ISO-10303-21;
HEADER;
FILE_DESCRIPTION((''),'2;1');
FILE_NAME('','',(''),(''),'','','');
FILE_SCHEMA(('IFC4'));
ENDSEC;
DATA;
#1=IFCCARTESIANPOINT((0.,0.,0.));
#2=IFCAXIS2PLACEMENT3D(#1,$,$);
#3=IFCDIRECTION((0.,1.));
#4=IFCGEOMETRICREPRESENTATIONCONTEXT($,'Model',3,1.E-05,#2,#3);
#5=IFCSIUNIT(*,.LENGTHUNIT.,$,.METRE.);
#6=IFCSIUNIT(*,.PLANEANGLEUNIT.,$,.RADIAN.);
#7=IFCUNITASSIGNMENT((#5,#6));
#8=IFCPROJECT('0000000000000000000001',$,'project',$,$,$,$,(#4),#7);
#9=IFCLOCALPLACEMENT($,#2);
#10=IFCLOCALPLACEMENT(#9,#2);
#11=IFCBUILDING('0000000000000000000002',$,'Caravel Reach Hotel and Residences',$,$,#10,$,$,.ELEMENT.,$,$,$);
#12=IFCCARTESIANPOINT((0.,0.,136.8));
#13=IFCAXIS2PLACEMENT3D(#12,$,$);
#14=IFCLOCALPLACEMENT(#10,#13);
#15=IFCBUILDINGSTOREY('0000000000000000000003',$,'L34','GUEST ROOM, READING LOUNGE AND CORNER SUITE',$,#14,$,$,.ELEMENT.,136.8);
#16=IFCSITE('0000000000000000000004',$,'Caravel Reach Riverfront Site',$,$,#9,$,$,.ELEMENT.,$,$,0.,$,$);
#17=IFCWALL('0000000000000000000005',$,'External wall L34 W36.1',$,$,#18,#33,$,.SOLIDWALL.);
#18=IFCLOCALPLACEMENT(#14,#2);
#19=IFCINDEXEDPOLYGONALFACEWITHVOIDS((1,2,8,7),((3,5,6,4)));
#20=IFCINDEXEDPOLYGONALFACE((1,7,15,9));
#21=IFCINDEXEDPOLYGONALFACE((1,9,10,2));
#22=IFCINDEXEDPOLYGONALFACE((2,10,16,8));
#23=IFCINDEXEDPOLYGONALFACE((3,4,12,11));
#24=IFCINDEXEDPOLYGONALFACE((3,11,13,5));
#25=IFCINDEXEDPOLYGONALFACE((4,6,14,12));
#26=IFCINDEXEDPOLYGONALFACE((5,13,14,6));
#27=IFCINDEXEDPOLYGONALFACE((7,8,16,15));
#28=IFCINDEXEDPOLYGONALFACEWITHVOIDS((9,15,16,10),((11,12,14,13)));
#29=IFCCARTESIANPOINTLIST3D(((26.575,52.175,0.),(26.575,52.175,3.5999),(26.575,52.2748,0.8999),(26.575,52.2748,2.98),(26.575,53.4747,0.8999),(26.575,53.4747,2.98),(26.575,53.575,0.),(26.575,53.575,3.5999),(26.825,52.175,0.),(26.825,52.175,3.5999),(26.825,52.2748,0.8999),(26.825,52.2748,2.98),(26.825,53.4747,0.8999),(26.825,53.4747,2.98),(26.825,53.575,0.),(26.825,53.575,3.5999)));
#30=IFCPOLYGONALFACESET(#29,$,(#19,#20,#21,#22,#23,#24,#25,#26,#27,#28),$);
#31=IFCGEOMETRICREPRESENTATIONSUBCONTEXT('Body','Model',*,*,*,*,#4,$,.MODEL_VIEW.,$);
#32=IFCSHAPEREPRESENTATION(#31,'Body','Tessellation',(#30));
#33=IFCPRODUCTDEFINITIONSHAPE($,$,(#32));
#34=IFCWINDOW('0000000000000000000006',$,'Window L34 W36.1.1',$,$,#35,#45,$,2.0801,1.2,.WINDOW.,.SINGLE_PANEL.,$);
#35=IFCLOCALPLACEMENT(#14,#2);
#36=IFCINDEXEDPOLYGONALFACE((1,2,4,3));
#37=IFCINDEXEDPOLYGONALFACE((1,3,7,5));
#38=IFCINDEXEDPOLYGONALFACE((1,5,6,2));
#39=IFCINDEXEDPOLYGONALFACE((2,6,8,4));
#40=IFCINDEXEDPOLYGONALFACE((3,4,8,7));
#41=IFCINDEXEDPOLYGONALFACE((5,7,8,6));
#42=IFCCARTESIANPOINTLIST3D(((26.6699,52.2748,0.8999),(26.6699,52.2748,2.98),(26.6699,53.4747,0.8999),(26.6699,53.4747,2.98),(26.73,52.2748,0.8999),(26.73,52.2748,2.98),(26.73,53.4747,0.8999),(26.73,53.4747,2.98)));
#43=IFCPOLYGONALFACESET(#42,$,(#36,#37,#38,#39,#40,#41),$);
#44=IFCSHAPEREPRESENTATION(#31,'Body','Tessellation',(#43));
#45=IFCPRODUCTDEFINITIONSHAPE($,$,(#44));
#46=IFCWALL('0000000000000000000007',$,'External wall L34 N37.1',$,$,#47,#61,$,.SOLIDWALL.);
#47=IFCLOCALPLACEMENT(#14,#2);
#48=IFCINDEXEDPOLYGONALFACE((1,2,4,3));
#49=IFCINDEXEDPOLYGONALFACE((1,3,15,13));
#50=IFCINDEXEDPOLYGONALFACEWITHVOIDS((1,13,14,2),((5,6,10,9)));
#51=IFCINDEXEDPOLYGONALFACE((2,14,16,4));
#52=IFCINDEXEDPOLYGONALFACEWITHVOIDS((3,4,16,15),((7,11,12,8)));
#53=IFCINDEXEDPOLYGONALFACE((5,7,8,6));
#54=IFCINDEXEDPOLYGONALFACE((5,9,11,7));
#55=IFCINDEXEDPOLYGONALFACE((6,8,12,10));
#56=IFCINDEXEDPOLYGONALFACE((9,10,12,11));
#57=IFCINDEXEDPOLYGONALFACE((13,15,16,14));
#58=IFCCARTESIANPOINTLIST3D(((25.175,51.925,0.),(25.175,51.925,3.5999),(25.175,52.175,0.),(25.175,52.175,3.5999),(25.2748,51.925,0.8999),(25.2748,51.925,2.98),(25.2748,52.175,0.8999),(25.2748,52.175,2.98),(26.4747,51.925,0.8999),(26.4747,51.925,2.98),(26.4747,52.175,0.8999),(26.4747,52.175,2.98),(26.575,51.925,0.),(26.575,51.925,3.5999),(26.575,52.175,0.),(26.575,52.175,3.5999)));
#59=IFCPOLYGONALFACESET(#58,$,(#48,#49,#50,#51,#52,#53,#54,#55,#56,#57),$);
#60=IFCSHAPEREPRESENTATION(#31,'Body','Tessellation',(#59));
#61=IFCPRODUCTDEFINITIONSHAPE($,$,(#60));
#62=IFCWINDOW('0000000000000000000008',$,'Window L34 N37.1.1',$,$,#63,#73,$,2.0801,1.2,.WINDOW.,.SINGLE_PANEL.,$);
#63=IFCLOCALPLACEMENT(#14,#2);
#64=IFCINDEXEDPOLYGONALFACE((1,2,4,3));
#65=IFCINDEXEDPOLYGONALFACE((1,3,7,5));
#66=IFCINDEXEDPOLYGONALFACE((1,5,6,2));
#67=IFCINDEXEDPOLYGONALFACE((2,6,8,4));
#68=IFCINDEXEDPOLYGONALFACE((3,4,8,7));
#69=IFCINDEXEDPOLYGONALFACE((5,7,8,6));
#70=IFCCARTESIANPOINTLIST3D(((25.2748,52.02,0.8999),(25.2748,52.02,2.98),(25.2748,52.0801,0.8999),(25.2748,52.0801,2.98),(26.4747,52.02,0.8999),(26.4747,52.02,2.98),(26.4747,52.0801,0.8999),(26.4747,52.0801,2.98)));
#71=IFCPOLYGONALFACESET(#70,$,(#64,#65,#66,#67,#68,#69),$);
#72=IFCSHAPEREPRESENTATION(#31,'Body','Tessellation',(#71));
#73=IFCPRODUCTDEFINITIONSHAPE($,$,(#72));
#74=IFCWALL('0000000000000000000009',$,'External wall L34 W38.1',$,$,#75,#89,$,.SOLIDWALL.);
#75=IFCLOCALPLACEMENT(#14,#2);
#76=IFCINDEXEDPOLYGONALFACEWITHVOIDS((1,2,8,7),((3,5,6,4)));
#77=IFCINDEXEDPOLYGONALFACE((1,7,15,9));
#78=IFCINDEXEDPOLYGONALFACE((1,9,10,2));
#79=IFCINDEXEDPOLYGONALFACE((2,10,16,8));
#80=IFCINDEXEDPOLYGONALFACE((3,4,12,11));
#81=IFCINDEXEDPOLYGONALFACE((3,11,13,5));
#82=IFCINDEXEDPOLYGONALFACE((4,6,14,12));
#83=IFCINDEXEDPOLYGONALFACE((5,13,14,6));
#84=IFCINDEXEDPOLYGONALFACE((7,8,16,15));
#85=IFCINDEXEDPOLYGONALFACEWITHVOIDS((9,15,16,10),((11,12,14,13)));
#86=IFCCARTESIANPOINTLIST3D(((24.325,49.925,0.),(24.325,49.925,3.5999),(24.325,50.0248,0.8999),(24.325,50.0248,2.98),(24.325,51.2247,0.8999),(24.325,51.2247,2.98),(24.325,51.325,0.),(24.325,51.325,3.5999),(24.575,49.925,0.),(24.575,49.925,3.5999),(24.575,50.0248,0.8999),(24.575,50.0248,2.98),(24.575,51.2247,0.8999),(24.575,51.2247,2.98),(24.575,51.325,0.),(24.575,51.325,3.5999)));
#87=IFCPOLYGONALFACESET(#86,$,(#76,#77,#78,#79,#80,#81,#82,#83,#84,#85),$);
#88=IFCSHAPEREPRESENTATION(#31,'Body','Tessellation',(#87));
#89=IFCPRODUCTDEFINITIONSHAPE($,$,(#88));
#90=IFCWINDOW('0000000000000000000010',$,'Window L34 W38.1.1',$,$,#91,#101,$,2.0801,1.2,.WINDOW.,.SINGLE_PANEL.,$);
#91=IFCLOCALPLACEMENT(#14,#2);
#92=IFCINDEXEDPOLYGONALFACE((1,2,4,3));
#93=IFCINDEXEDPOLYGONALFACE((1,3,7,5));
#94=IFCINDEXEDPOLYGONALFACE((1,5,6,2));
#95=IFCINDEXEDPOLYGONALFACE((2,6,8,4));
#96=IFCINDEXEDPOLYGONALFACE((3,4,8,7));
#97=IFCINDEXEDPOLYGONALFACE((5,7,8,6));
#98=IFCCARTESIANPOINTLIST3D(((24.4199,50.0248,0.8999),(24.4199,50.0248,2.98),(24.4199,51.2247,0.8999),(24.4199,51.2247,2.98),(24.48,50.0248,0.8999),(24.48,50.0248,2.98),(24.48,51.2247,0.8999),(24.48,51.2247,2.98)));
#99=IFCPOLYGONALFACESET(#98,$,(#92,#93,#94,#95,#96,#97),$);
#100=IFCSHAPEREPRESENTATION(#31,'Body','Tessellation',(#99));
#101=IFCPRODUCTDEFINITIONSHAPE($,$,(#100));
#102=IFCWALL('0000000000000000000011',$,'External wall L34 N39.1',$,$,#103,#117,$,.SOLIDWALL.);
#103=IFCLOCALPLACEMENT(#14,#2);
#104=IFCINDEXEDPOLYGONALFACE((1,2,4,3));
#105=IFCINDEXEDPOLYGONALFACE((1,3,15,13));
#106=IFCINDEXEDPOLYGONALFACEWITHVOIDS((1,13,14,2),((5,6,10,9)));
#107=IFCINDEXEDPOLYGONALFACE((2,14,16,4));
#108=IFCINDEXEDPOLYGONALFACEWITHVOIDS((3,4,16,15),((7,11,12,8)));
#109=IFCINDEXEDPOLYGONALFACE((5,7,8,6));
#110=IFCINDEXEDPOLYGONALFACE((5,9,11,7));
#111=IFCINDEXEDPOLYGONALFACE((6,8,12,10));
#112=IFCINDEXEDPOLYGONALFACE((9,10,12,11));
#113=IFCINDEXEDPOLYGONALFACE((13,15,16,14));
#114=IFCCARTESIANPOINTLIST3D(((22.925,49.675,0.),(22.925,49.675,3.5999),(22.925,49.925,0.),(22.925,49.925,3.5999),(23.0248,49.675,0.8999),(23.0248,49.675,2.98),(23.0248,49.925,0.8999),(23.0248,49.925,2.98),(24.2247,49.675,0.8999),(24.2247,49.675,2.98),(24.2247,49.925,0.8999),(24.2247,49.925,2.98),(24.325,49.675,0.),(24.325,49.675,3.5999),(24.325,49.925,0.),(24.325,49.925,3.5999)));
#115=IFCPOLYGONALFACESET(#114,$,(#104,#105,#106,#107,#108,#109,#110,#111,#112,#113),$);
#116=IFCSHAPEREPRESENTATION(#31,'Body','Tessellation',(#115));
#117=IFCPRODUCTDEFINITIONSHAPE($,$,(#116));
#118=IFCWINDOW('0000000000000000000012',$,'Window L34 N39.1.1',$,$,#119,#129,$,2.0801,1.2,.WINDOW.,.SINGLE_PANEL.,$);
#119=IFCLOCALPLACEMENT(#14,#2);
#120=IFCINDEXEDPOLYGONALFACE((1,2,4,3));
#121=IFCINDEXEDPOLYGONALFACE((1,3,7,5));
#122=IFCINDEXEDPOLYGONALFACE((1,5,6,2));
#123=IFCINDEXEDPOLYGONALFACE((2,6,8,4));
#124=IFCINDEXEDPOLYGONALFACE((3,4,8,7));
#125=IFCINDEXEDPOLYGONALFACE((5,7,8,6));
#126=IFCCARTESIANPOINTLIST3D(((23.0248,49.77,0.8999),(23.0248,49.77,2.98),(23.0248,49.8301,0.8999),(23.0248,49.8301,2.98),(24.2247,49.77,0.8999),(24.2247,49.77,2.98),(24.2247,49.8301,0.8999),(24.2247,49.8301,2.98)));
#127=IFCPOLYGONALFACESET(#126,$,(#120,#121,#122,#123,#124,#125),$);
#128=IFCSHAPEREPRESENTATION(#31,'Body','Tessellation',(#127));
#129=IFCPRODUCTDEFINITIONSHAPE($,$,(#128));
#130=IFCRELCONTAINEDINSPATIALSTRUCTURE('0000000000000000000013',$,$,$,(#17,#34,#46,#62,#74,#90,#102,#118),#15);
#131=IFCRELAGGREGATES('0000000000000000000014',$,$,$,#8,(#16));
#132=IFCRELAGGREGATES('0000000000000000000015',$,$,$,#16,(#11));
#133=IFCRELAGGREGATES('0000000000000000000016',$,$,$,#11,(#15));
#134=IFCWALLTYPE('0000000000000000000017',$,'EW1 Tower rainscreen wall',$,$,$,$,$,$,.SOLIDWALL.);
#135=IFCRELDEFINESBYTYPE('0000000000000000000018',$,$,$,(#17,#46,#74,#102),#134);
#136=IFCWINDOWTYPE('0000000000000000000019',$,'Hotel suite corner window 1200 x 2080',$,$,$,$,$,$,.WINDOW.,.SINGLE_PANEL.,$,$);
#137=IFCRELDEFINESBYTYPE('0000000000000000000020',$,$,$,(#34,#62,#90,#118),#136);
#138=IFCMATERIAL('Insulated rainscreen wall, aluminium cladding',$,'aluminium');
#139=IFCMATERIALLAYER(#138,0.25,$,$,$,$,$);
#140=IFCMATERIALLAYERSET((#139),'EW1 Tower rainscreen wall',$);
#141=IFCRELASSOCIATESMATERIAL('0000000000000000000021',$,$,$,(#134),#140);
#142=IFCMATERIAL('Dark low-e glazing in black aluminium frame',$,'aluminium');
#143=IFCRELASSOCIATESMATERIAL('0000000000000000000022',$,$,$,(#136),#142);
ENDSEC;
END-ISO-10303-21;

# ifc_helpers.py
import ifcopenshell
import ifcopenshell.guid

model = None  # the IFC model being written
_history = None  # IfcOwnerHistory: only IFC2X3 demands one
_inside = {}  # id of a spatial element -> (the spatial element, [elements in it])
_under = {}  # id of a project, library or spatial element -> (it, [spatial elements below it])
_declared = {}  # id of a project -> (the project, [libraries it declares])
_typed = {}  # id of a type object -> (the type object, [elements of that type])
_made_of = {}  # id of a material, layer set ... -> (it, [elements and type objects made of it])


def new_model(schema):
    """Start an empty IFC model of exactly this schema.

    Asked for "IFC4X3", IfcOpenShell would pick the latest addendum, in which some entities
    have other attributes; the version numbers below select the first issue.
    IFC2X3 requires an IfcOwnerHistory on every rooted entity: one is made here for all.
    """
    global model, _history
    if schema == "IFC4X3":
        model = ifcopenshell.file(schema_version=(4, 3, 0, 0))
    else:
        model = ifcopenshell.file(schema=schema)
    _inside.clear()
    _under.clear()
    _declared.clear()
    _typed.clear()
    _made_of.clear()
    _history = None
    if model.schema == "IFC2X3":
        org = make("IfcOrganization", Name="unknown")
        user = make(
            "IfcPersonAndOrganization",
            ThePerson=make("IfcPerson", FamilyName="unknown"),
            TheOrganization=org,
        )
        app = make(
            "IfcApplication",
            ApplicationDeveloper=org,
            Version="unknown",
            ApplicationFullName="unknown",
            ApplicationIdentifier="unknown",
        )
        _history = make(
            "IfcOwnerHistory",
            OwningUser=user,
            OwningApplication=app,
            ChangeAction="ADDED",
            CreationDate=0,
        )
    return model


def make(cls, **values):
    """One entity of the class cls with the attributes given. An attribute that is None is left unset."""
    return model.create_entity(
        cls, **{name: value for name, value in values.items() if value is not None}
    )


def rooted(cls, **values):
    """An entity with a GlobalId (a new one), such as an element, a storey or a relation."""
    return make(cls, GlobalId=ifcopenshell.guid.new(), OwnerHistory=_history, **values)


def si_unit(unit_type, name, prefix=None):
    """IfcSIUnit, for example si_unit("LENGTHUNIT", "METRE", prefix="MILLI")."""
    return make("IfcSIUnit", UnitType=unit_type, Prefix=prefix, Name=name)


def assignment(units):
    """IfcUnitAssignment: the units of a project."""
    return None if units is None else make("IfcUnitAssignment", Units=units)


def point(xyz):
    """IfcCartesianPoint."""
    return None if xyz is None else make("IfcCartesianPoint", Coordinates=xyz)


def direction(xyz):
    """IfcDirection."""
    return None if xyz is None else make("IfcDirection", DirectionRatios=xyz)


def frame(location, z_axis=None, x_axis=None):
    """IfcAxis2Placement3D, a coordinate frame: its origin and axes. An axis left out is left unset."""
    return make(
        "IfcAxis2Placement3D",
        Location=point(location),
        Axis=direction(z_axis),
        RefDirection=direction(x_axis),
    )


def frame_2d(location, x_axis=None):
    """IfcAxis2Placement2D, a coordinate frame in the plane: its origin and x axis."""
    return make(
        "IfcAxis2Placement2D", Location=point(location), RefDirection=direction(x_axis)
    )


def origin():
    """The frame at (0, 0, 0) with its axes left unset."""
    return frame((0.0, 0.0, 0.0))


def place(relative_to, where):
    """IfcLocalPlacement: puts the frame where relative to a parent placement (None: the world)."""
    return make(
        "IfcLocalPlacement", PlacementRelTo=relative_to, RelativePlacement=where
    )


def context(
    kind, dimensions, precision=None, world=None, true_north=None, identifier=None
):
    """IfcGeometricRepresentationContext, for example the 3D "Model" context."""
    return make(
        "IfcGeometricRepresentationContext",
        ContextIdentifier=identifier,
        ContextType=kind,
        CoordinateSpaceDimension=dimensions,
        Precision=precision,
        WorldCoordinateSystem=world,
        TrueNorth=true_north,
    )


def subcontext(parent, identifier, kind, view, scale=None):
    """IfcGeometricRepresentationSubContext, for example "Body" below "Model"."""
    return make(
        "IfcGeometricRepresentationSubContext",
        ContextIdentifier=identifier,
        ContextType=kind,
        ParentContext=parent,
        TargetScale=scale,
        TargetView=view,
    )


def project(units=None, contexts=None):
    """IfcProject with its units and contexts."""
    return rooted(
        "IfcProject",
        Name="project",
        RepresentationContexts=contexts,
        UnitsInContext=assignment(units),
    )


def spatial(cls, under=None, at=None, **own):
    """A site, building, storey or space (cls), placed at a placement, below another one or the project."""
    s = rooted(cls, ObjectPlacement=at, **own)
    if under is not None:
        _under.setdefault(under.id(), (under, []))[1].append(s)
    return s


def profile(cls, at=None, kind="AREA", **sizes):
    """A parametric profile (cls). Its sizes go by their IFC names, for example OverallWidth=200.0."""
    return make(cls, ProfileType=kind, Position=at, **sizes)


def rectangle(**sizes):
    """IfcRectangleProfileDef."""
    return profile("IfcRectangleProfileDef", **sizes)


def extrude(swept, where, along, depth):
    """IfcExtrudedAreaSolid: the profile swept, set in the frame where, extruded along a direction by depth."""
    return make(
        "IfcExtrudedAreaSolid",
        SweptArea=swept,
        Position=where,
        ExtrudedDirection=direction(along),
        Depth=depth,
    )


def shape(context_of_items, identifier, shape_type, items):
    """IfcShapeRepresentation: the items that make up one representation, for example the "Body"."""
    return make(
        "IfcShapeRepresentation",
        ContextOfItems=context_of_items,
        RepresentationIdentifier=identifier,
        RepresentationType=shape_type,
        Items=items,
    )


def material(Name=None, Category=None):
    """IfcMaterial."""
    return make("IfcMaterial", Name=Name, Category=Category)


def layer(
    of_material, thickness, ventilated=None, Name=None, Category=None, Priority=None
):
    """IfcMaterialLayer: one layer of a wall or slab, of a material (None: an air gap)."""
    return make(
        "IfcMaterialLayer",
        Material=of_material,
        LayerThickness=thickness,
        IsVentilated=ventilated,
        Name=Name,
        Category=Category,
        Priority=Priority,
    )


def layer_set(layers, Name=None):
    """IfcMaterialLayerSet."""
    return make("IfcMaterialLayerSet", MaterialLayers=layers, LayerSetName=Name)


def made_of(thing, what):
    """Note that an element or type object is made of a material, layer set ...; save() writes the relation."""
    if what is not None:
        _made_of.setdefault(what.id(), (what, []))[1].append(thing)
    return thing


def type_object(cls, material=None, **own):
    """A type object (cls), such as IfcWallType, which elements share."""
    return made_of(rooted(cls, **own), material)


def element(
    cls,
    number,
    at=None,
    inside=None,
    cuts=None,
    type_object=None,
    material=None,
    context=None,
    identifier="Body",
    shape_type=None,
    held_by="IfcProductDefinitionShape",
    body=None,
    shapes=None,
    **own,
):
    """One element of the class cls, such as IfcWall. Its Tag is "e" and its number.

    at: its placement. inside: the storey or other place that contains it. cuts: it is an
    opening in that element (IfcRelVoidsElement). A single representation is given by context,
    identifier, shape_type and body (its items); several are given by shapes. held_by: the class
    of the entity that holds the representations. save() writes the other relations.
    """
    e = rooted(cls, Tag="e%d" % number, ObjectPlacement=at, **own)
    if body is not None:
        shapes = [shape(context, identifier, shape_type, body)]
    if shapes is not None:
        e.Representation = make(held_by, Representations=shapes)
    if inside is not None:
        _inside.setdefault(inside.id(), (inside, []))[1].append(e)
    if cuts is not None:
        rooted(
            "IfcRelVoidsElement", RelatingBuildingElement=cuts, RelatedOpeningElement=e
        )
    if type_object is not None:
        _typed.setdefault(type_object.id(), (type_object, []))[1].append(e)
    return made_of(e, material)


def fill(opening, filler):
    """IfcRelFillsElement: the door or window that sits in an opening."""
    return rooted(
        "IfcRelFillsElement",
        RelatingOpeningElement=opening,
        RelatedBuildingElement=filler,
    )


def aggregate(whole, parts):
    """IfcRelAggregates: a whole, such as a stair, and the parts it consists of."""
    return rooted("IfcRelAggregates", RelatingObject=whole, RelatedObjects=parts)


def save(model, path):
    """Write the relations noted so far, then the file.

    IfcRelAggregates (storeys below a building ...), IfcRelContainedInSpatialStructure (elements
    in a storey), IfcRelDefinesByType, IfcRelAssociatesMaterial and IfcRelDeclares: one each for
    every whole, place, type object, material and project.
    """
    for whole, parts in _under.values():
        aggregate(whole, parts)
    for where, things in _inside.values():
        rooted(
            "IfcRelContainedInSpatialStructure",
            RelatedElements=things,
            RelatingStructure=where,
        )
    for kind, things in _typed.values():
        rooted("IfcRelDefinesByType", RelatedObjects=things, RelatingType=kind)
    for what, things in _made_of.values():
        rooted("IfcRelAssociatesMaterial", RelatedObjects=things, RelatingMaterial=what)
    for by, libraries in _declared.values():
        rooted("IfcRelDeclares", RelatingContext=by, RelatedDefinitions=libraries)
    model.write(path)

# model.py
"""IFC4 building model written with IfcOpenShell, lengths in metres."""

from ifc_helpers import new_model, si_unit, direction, frame, frame_2d, origin, place, context, subcontext, project, spatial, rectangle, extrude, material, layer, layer_set, type_object, element, fill, save


model = new_model("IFC4")

# Units and contexts
model_context = context("Model", 3, precision=1e-05, world=origin(), true_north=direction((0.0, 1.0)))
body_context = subcontext(model_context, "Body", "Model", "MODEL_VIEW")
ifc_project = project(units=[si_unit("LENGTHUNIT", "METRE"), si_unit("PLANEANGLEUNIT", "RADIAN")], contexts=[model_context])

# Site, building, storey
site_placement = place(None, origin())
site = spatial("IfcSite", under=ifc_project, at=site_placement, Name="Caravel Reach Riverfront Site", CompositionType="ELEMENT", RefElevation=0.0)
building_placement = place(site_placement, origin())
building = spatial("IfcBuilding", under=site, at=building_placement, Name="Caravel Reach Hotel and Residences", CompositionType="ELEMENT")
storey_placement = place(building_placement, frame((0.0, 0.0, 136.8)))
storey = spatial("IfcBuildingStorey", under=building, at=storey_placement, Name="L34", Description="GUEST ROOM, READING LOUNGE AND CORNER SUITE", CompositionType="ELEMENT", Elevation=136.8)

# Walls, openings, windows
ifc_material_1 = material(Name="Insulated rainscreen wall, aluminium cladding", Category="aluminium")
ifc_layer_1 = layer(ifc_material_1, 0.25)
ifc_layer_set_1 = layer_set([ifc_layer_1], Name="EW1 Tower rainscreen wall")
wall_type_1 = type_object("IfcWallType", Name="EW1 Tower rainscreen wall", PredefinedType="SOLIDWALL", material=ifc_layer_set_1)
wall_1_placement = place(storey_placement, frame((26.7, 53.575, 0.0), z_axis=(0.0, 0.0, 1.0), x_axis=(0.0, -1.0, 0.0)))
wall_1 = element("IfcWall", 1, at=wall_1_placement, inside=storey, type_object=wall_type_1, Name="External wall L34 W36.1", PredefinedType="SOLIDWALL", context=body_context, shape_type="SweptSolid", body=[
    extrude(rectangle(XDim=1.3999, YDim=0.25, at=frame_2d((0.7, 0.0))), origin(), (0.0, 0.0, 1.0), 3.5999),
])
opening_1_placement = place(wall_1_placement, frame((0.1001, 0.0, 0.8999)))
opening_1 = element("IfcOpeningElement", 2, at=opening_1_placement, cuts=wall_1, PredefinedType="OPENING", context=body_context, shape_type="SweptSolid", body=[
    extrude(rectangle(XDim=1.2, YDim=2.0801, at=frame_2d((0.6001, 1.04))), frame((0.0, 0.135, 0.0), z_axis=(0.0, -1.0, 0.0), x_axis=(1.0, 0.0, 0.0)), (0.0, 0.0, 1.0), 0.27),
])
ifc_material_2 = material(Name="Dark low-e glazing in black aluminium frame", Category="aluminium")
window_type_1 = type_object("IfcWindowType", Name="Hotel suite corner window 1200 x 2080", PartitioningType="SINGLE_PANEL", PredefinedType="WINDOW", material=ifc_material_2)
window_1_placement = place(opening_1_placement, origin())
window_1 = element("IfcWindow", 3, at=window_1_placement, inside=storey, type_object=window_type_1, Name="Window L34 W36.1.1", OverallHeight=2.0801, OverallWidth=1.2, PartitioningType="SINGLE_PANEL", PredefinedType="WINDOW", context=body_context, shape_type="SweptSolid", body=[
    extrude(rectangle(XDim=1.2, YDim=2.0801, at=frame_2d((0.6001, 1.04))), frame((0.0, 0.03, 0.0), z_axis=(0.0, -1.0, 0.0), x_axis=(1.0, 0.0, 0.0)), (0.0, 0.0, 1.0), 0.0601),
])
fill(opening_1, window_1)
wall_2_placement = place(storey_placement, frame((26.575, 52.05, 0.0), z_axis=(0.0, 0.0, 1.0), x_axis=(-1.0, 0.0, 0.0)))
wall_2 = element("IfcWall", 4, at=wall_2_placement, inside=storey, type_object=wall_type_1, Name="External wall L34 N37.1", PredefinedType="SOLIDWALL", context=body_context, shape_type="SweptSolid", body=[
    extrude(rectangle(XDim=1.3999, YDim=0.25, at=frame_2d((0.7, 0.0))), origin(), (0.0, 0.0, 1.0), 3.5999),
])
opening_2_placement = place(wall_2_placement, frame((0.1001, 0.0, 0.8999)))
opening_2 = element("IfcOpeningElement", 5, at=opening_2_placement, cuts=wall_2, PredefinedType="OPENING", context=body_context, shape_type="SweptSolid", body=[
    extrude(rectangle(XDim=1.2, YDim=2.0801, at=frame_2d((0.6001, 1.04))), frame((0.0, 0.135, 0.0), z_axis=(0.0, -1.0, 0.0), x_axis=(1.0, 0.0, 0.0)), (0.0, 0.0, 1.0), 0.27),
])
window_2_placement = place(opening_2_placement, origin())
window_2 = element("IfcWindow", 6, at=window_2_placement, inside=storey, type_object=window_type_1, Name="Window L34 N37.1.1", OverallHeight=2.0801, OverallWidth=1.2, PartitioningType="SINGLE_PANEL", PredefinedType="WINDOW", context=body_context, shape_type="SweptSolid", body=[
    extrude(rectangle(XDim=1.2, YDim=2.0801, at=frame_2d((0.6001, 1.04))), frame((0.0, 0.03, 0.0), z_axis=(0.0, -1.0, 0.0), x_axis=(1.0, 0.0, 0.0)), (0.0, 0.0, 1.0), 0.0601),
])
fill(opening_2, window_2)
wall_3_placement = place(storey_placement, frame((24.45, 51.325, 0.0), z_axis=(0.0, 0.0, 1.0), x_axis=(0.0, -1.0, 0.0)))
wall_3 = element("IfcWall", 7, at=wall_3_placement, inside=storey, type_object=wall_type_1, Name="External wall L34 W38.1", PredefinedType="SOLIDWALL", context=body_context, shape_type="SweptSolid", body=[
    extrude(rectangle(XDim=1.3999, YDim=0.25, at=frame_2d((0.7, 0.0))), origin(), (0.0, 0.0, 1.0), 3.5999),
])
opening_3_placement = place(wall_3_placement, frame((0.1001, 0.0, 0.8999)))
opening_3 = element("IfcOpeningElement", 8, at=opening_3_placement, cuts=wall_3, PredefinedType="OPENING", context=body_context, shape_type="SweptSolid", body=[
    extrude(rectangle(XDim=1.2, YDim=2.0801, at=frame_2d((0.6001, 1.04))), frame((0.0, 0.135, 0.0), z_axis=(0.0, -1.0, 0.0), x_axis=(1.0, 0.0, 0.0)), (0.0, 0.0, 1.0), 0.27),
])
window_3_placement = place(opening_3_placement, origin())
window_3 = element("IfcWindow", 9, at=window_3_placement, inside=storey, type_object=window_type_1, Name="Window L34 W38.1.1", OverallHeight=2.0801, OverallWidth=1.2, PartitioningType="SINGLE_PANEL", PredefinedType="WINDOW", context=body_context, shape_type="SweptSolid", body=[
    extrude(rectangle(XDim=1.2, YDim=2.0801, at=frame_2d((0.6001, 1.04))), frame((0.0, 0.03, 0.0), z_axis=(0.0, -1.0, 0.0), x_axis=(1.0, 0.0, 0.0)), (0.0, 0.0, 1.0), 0.0601),
])
fill(opening_3, window_3)
wall_4_placement = place(storey_placement, frame((24.325, 49.8, 0.0), z_axis=(0.0, 0.0, 1.0), x_axis=(-1.0, 0.0, 0.0)))
wall_4 = element("IfcWall", 10, at=wall_4_placement, inside=storey, type_object=wall_type_1, Name="External wall L34 N39.1", PredefinedType="SOLIDWALL", context=body_context, shape_type="SweptSolid", body=[
    extrude(rectangle(XDim=1.3999, YDim=0.25, at=frame_2d((0.7, 0.0))), origin(), (0.0, 0.0, 1.0), 3.5999),
])
opening_4_placement = place(wall_4_placement, frame((0.1001, 0.0, 0.8999)))
opening_4 = element("IfcOpeningElement", 11, at=opening_4_placement, cuts=wall_4, PredefinedType="OPENING", context=body_context, shape_type="SweptSolid", body=[
    extrude(rectangle(XDim=1.2, YDim=2.0801, at=frame_2d((0.6001, 1.04))), frame((0.0, 0.135, 0.0), z_axis=(0.0, -1.0, 0.0), x_axis=(1.0, 0.0, 0.0)), (0.0, 0.0, 1.0), 0.27),
])
window_4_placement = place(opening_4_placement, origin())
window_4 = element("IfcWindow", 12, at=window_4_placement, inside=storey, type_object=window_type_1, Name="Window L34 N39.1.1", OverallHeight=2.0801, OverallWidth=1.2, PartitioningType="SINGLE_PANEL", PredefinedType="WINDOW", context=body_context, shape_type="SweptSolid", body=[
    extrude(rectangle(XDim=1.2, YDim=2.0801, at=frame_2d((0.6001, 1.04))), frame((0.0, 0.03, 0.0), z_axis=(0.0, -1.0, 0.0), x_axis=(1.0, 0.0, 0.0)), (0.0, 0.0, 1.0), 0.0601),
])
fill(opening_4, window_4)

save(model, "model.ifc")
